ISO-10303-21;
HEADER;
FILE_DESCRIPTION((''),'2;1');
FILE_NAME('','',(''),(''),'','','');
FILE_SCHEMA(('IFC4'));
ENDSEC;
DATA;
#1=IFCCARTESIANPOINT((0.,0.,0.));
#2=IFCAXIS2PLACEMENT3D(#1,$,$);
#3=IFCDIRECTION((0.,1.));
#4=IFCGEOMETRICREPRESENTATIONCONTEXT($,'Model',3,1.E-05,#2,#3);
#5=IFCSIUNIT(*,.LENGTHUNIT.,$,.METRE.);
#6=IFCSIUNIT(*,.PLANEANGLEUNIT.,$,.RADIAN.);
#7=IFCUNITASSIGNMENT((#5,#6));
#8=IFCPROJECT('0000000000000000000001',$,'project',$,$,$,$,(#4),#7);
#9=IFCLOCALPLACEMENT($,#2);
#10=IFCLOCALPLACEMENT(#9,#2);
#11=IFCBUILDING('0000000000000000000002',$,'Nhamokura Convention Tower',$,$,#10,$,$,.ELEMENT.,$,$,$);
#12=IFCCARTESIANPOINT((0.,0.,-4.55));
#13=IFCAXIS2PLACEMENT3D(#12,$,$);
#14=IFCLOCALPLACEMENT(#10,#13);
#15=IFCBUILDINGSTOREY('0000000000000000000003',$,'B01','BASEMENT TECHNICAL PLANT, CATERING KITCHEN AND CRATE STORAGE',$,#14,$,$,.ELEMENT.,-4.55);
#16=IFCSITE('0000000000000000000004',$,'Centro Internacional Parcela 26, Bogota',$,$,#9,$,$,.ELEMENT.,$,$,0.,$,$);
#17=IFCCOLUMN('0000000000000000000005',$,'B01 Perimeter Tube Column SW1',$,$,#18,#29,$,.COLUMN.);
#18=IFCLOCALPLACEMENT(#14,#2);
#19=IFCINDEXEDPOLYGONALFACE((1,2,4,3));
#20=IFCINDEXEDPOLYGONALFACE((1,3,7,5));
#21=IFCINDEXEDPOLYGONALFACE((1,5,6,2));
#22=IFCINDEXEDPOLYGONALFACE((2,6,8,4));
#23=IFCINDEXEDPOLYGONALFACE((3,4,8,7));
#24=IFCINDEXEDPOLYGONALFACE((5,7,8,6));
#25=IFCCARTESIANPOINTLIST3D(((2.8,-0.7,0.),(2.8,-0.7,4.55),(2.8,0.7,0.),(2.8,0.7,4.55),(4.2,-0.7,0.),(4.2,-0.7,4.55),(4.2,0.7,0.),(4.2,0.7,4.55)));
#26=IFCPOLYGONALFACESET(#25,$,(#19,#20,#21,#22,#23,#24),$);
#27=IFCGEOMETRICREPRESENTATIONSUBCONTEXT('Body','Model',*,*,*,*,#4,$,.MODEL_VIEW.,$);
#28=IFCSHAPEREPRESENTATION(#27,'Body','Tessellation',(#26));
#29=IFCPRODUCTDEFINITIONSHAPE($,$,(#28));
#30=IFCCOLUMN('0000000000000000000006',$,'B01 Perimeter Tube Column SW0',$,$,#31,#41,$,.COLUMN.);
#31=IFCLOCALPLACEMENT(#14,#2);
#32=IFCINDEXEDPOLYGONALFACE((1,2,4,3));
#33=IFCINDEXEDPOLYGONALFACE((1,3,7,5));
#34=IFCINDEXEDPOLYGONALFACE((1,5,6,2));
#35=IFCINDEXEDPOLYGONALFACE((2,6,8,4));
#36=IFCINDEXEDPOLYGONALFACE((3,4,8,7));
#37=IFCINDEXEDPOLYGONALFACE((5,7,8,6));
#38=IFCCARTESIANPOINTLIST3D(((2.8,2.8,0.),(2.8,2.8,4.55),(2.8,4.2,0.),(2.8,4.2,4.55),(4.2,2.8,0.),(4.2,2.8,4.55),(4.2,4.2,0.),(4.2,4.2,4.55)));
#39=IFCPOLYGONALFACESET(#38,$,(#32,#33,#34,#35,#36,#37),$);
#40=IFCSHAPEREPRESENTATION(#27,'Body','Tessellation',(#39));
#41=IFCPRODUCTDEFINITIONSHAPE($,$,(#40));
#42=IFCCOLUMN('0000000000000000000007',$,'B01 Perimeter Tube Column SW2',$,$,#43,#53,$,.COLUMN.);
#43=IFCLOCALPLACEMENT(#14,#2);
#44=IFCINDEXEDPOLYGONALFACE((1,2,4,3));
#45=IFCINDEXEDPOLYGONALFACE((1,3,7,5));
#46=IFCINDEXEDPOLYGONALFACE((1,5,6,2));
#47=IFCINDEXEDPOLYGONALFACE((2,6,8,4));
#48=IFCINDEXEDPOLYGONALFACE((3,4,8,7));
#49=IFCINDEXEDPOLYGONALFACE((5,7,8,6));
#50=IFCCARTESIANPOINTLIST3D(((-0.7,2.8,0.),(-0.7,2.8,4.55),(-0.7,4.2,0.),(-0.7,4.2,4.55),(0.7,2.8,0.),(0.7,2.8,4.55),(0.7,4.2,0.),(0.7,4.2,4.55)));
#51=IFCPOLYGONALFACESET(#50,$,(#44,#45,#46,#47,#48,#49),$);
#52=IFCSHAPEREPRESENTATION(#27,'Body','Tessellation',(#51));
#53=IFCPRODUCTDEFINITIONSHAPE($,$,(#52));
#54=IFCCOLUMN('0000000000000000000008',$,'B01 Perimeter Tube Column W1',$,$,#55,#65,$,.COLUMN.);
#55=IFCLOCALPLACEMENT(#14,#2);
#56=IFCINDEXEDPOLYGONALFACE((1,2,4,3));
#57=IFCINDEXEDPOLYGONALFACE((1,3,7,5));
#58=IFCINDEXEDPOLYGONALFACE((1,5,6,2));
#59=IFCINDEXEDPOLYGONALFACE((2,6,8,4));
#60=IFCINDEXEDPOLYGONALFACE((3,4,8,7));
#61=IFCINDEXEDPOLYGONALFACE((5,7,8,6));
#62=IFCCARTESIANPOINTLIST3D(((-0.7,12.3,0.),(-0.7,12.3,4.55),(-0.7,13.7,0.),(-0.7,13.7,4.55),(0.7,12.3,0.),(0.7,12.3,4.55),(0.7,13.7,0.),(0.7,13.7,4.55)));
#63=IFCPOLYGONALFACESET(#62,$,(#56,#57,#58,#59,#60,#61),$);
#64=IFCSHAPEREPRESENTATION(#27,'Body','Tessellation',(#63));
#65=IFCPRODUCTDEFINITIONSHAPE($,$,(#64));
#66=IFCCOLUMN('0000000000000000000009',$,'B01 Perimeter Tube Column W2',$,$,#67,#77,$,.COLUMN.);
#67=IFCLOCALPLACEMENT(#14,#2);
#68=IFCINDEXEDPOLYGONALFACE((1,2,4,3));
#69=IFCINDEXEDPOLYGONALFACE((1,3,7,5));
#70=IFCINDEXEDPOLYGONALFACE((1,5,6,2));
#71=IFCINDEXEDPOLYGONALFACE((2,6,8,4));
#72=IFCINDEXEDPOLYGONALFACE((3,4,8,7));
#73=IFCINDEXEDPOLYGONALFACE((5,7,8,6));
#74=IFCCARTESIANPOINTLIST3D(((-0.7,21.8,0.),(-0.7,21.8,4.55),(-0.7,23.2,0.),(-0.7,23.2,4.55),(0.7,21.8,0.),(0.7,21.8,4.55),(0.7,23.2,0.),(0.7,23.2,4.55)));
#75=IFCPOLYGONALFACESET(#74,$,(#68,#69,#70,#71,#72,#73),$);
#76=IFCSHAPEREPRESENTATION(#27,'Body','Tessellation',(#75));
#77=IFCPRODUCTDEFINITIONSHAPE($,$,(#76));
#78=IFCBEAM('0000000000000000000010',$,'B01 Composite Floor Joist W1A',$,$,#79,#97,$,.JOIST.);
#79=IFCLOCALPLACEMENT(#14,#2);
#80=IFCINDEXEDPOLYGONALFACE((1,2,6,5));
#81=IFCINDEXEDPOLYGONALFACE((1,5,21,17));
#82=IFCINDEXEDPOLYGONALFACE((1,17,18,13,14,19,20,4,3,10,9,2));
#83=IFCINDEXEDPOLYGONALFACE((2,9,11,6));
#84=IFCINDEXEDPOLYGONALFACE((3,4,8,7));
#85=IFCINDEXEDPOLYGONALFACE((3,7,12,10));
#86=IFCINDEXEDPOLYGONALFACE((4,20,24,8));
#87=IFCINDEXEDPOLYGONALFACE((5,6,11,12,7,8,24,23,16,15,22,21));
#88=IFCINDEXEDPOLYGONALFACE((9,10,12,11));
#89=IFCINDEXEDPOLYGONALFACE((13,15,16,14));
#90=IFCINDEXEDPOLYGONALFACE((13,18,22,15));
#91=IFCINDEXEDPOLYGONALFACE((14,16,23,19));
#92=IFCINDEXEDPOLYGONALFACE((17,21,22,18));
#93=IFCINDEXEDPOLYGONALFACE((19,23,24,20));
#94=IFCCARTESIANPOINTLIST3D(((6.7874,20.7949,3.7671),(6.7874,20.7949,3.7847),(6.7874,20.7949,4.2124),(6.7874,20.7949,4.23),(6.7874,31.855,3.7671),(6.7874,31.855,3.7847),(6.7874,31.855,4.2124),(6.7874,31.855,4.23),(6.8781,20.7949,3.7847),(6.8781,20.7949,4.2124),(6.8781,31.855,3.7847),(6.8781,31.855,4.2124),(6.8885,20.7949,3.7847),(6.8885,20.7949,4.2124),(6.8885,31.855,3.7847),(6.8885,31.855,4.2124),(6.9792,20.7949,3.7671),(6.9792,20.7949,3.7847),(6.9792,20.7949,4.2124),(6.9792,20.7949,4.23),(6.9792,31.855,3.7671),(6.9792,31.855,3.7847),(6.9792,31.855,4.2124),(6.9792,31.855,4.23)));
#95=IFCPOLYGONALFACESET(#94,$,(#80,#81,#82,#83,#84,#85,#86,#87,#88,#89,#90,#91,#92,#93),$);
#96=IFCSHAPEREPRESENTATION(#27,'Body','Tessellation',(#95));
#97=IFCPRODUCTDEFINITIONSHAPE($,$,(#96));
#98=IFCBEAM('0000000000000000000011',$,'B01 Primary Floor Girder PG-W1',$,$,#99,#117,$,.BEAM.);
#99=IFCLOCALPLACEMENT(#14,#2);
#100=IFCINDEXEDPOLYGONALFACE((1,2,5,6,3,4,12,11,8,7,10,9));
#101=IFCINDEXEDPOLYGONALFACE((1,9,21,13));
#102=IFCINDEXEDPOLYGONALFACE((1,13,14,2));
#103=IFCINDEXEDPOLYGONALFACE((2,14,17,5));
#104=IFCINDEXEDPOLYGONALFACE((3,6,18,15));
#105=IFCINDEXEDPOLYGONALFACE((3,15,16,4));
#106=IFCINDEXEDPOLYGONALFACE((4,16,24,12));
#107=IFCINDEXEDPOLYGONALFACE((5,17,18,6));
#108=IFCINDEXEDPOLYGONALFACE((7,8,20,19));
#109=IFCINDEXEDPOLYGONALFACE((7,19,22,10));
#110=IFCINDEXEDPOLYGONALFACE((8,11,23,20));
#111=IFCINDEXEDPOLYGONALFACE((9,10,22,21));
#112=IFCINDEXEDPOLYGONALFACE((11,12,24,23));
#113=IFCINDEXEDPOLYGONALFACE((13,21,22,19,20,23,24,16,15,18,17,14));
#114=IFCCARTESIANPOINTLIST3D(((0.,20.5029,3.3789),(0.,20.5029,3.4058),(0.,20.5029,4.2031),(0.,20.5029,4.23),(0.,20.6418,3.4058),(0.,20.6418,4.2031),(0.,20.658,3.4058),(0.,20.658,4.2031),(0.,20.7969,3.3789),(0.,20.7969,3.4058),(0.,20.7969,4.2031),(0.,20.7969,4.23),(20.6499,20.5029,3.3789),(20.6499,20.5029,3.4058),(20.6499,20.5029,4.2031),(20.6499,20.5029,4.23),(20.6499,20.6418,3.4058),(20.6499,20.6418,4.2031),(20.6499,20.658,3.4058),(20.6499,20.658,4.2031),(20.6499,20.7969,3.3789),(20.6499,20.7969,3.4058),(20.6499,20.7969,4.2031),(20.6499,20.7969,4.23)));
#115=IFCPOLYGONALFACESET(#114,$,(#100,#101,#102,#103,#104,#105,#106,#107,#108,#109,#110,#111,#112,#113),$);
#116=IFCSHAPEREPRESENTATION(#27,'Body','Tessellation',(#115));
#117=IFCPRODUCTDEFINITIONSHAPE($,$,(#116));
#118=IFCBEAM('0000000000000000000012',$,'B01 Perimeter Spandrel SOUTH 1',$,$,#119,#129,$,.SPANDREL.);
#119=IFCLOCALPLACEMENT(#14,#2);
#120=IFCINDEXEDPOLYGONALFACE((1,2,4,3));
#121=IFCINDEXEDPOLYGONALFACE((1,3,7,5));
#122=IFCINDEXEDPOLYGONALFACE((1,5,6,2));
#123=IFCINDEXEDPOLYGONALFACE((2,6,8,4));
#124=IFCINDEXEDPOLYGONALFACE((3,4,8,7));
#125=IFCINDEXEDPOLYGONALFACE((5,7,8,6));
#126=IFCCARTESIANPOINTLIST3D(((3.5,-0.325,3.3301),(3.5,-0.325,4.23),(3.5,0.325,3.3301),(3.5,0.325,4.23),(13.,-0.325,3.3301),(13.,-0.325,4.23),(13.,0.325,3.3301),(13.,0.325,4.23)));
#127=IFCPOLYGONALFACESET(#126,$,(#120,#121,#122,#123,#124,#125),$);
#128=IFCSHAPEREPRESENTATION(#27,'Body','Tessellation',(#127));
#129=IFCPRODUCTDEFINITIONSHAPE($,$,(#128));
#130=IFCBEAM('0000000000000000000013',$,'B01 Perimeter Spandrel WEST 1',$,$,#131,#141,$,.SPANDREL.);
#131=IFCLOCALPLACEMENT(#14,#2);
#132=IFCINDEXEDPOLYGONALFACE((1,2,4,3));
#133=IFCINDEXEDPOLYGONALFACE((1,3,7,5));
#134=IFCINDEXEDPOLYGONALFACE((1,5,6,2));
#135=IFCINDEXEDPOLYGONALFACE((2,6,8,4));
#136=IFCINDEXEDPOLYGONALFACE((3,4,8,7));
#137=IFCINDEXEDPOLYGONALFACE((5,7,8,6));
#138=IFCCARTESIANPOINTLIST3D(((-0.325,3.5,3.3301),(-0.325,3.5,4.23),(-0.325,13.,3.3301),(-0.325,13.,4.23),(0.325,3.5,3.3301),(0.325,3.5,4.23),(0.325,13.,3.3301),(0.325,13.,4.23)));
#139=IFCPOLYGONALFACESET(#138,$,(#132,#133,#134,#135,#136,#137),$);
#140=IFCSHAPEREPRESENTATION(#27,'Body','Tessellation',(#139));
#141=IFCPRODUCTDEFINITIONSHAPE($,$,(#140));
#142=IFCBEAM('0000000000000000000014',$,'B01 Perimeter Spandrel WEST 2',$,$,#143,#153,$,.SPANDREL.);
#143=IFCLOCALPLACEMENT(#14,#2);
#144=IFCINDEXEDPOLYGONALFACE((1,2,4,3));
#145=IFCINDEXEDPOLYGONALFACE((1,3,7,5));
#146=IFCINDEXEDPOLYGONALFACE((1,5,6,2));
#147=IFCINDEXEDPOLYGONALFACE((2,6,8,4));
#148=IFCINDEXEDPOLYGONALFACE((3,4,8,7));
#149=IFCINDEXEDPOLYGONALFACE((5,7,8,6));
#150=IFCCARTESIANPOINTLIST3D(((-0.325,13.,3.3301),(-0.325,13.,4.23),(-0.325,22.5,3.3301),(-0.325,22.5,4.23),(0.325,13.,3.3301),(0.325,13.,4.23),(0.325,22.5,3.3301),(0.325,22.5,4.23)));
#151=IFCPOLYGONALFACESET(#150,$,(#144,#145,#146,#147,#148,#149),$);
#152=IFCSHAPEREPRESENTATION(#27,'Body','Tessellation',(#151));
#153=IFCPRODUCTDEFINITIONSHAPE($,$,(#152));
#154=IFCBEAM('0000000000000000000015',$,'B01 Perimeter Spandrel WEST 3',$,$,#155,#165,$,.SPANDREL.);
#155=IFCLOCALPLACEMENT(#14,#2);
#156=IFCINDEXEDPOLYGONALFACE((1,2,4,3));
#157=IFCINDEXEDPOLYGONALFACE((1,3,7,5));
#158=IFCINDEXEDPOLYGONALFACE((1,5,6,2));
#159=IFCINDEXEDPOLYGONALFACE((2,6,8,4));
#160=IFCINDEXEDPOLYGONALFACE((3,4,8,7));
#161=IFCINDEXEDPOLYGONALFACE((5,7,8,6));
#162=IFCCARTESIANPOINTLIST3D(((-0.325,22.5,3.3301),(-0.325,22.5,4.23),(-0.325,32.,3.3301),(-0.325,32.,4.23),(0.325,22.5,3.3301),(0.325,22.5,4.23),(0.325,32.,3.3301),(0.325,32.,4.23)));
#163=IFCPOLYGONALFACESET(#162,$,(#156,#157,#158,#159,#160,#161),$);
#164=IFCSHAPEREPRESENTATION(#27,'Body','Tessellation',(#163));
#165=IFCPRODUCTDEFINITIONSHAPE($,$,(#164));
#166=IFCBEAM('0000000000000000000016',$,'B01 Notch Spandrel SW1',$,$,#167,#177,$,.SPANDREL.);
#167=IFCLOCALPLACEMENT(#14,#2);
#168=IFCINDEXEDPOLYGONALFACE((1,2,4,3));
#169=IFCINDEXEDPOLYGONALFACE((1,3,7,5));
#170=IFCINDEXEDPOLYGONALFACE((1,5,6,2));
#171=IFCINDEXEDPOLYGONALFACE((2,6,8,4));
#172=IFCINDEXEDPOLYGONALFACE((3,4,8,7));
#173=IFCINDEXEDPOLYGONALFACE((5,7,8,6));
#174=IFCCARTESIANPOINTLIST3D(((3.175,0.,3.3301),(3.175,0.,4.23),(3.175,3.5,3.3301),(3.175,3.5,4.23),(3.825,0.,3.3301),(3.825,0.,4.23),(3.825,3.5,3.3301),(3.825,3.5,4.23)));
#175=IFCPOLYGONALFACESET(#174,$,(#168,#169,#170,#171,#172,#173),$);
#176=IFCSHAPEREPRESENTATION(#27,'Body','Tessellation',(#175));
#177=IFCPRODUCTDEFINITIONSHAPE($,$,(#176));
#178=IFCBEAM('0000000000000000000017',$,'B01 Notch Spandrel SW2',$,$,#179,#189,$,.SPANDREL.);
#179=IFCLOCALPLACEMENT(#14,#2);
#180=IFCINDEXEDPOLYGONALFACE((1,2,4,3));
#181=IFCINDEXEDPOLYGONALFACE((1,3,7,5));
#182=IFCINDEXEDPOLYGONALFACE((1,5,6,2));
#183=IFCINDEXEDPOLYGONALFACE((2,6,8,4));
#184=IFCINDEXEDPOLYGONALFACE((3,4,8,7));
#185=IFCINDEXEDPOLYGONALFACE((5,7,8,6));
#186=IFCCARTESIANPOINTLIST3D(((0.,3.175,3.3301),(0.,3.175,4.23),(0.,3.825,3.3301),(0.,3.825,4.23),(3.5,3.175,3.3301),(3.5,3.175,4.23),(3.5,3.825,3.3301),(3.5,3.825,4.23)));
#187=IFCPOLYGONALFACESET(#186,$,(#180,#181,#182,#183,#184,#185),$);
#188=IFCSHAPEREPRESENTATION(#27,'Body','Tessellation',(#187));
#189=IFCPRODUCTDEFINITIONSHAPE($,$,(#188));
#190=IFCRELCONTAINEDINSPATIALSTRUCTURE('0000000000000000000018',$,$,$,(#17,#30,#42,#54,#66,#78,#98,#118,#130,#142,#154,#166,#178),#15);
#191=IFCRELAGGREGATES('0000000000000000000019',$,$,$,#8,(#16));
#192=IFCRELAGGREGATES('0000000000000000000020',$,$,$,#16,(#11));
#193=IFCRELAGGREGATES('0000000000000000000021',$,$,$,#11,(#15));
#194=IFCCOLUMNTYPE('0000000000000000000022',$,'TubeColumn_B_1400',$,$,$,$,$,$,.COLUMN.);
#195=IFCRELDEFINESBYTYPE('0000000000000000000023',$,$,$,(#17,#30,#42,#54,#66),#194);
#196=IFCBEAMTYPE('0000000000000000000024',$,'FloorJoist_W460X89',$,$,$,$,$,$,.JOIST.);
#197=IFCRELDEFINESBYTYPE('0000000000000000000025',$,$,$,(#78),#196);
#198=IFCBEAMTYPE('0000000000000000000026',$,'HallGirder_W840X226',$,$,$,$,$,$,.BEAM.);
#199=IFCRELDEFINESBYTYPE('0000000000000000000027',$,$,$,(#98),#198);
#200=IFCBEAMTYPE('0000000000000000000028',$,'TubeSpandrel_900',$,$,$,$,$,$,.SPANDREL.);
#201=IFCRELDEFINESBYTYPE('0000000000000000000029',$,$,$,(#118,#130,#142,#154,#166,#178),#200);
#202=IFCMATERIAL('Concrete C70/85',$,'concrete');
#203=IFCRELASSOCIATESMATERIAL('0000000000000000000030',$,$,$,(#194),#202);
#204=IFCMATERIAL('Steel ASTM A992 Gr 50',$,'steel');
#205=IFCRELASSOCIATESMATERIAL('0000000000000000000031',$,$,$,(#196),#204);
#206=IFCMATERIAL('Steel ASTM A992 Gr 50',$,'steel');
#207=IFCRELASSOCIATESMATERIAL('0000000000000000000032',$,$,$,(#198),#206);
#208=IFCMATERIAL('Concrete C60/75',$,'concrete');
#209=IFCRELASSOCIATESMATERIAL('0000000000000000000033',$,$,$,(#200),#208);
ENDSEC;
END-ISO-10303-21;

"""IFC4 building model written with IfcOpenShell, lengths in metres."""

from ifc_helpers import new_model, si_unit, direction, frame, origin, origin_2d, place, context, subcontext, project, spatial, rectangle, i_section, extrude, material, material_profile, profile_set, type_object, element, save


model = new_model("IFC4")

# Units and contexts
model_context = context("Model", 3, precision=1e-05, world=origin(), true_north=direction((0.0, 1.0)))
body_context = subcontext(model_context, "Body", "Model", "MODEL_VIEW")
ifc_project = project(units=[si_unit("LENGTHUNIT", "METRE"), si_unit("PLANEANGLEUNIT", "RADIAN")], contexts=[model_context])

# Site, building, storey
site_placement = place(None, origin())
site = spatial("IfcSite", under=ifc_project, at=site_placement, Name="Centro Internacional Parcela 26, Bogota", CompositionType="ELEMENT", RefElevation=0.0)
building_placement = place(site_placement, origin())
building = spatial("IfcBuilding", under=site, at=building_placement, Name="Nhamokura Convention Tower", CompositionType="ELEMENT")
storey_placement = place(building_placement, frame((0.0, 0.0, -4.55)))
storey = spatial("IfcBuildingStorey", under=building, at=storey_placement, Name="B01", Description="BASEMENT TECHNICAL PLANT, CATERING KITCHEN AND CRATE STORAGE", CompositionType="ELEMENT", Elevation=-4.55)

# Columns
ifc_material_1 = material(Name="Concrete C70/85", Category="concrete")
ifc_material_profile_1 = material_profile(ifc_material_1, rectangle(XDim=1.3999, YDim=1.3999, at=origin_2d()))
ifc_profile_set_1 = profile_set([ifc_material_profile_1], Name="Concrete C70/85")
column_type = type_object("IfcColumnType", Name="TubeColumn_B_1400", PredefinedType="COLUMN", material=ifc_profile_set_1)
for number, where, z_axis, x_axis, name in (
    (1, (3.5, 0.0, 0.0), (0.0, 0.0, 1.0), (1.0, 0.0, 0.0), "B01 Perimeter Tube Column SW1"),
    (2, (3.5, 3.5, 0.0), (0.0, 0.0, 1.0), (1.0, 0.0, 0.0), "B01 Perimeter Tube Column SW0"),
    (3, (0.0, 3.5, 0.0), (0.0, 0.0, 1.0), (1.0, 0.0, 0.0), "B01 Perimeter Tube Column SW2"),
    (4, (0.0, 13.0, 0.0), (0.0, 0.0, 1.0), (1.0, 0.0, 0.0), "B01 Perimeter Tube Column W1"),
    (5, (0.0, 22.5, 0.0), (0.0, 0.0, 1.0), (1.0, 0.0, 0.0), "B01 Perimeter Tube Column W2"),
):
    element("IfcColumn", number, at=place(storey_placement, frame(where, z_axis=z_axis, x_axis=x_axis)), inside=storey, type_object=column_type, Name=name, PredefinedType="COLUMN", context=body_context, shape_type="SweptSolid", body=[
        extrude(rectangle(XDim=1.3999, YDim=1.3999, at=origin_2d()), origin(), (0.0, 0.0, 1.0), 4.55),
    ])

# Beams
ifc_material_2 = material(Name="Steel ASTM A992 Gr 50", Category="steel")
ifc_material_profile_2 = material_profile(ifc_material_2, i_section(OverallWidth=0.1919, OverallDepth=0.4629, WebThickness=0.0105, FlangeThickness=0.0176, at=origin_2d()))
ifc_profile_set_2 = profile_set([ifc_material_profile_2], Name="Steel ASTM A992 Gr 50")
beam_type_1 = type_object("IfcBeamType", Name="FloorJoist_W460X89", PredefinedType="JOIST", material=ifc_profile_set_2)
beam_1_placement = place(storey_placement, frame((6.8833, 20.7949, 3.9985), z_axis=(0.0, 1.0, 0.0), x_axis=(-1.0, 0.0, 0.0)))
element("IfcBeam", 6, at=beam_1_placement, inside=storey, type_object=beam_type_1, Name="B01 Composite Floor Joist W1A", PredefinedType="JOIST", context=body_context, shape_type="SweptSolid", body=[
    extrude(i_section(OverallWidth=0.1919, OverallDepth=0.4629, WebThickness=0.0105, FlangeThickness=0.0176, at=origin_2d()), origin(), (0.0, 0.0, 1.0), 11.0601),
])
ifc_material_3 = material(Name="Steel ASTM A992 Gr 50", Category="steel")
ifc_material_profile_3 = material_profile(ifc_material_3, i_section(OverallWidth=0.2939, OverallDepth=0.8511, WebThickness=0.0161, FlangeThickness=0.0269, at=origin_2d()))
ifc_profile_set_3 = profile_set([ifc_material_profile_3], Name="Steel ASTM A992 Gr 50")
beam_type_2 = type_object("IfcBeamType", Name="HallGirder_W840X226", PredefinedType="BEAM", material=ifc_profile_set_3)
beam_2_placement = place(storey_placement, frame((0.0, 20.6499, 3.8044), z_axis=(1.0, 0.0, 0.0), x_axis=(0.0, 1.0, 0.0)))
element("IfcBeam", 7, at=beam_2_placement, inside=storey, type_object=beam_type_2, Name="B01 Primary Floor Girder PG-W1", PredefinedType="BEAM", context=body_context, shape_type="SweptSolid", body=[
    extrude(i_section(OverallWidth=0.2939, OverallDepth=0.8511, WebThickness=0.0161, FlangeThickness=0.0269, at=origin_2d()), origin(), (0.0, 0.0, 1.0), 20.6499),
])
ifc_material_4 = material(Name="Concrete C60/75", Category="concrete")
ifc_material_profile_4 = material_profile(ifc_material_4, rectangle(XDim=0.6499, YDim=0.8999, at=origin_2d()))
ifc_profile_set_4 = profile_set([ifc_material_profile_4], Name="Concrete C60/75")
beam_type_3 = type_object("IfcBeamType", Name="TubeSpandrel_900", PredefinedType="SPANDREL", material=ifc_profile_set_4)
for number, where, z_axis, x_axis, name in (
    (8, (3.5, 0.0, 3.78), (1.0, 0.0, 0.0), (0.0, 1.0, 0.0), "B01 Perimeter Spandrel SOUTH 1"),
    (9, (0.0, 3.5, 3.78), (0.0, 1.0, 0.0), (-1.0, 0.0, 0.0), "B01 Perimeter Spandrel WEST 1"),
    (10, (0.0, 13.0, 3.78), (0.0, 1.0, 0.0), (-1.0, 0.0, 0.0), "B01 Perimeter Spandrel WEST 2"),
    (11, (0.0, 22.5, 3.78), (0.0, 1.0, 0.0), (-1.0, 0.0, 0.0), "B01 Perimeter Spandrel WEST 3"),
):
    element("IfcBeam", number, at=place(storey_placement, frame(where, z_axis=z_axis, x_axis=x_axis)), inside=storey, type_object=beam_type_3, Name=name, PredefinedType="SPANDREL", context=body_context, shape_type="SweptSolid", body=[
        extrude(rectangle(XDim=0.6499, YDim=0.8999, at=origin_2d()), origin(), (0.0, 0.0, 1.0), 9.5),
    ])
for number, where, z_axis, x_axis, name in (
    (12, (3.5, 0.0, 3.78), (0.0, 1.0, 0.0), (-1.0, 0.0, 0.0), "B01 Notch Spandrel SW1"),
    (13, (3.5, 3.5, 3.78), (-1.0, 0.0, 0.0), (0.0, -1.0, 0.0), "B01 Notch Spandrel SW2"),
):
    element("IfcBeam", number, at=place(storey_placement, frame(where, z_axis=z_axis, x_axis=x_axis)), inside=storey, type_object=beam_type_3, Name=name, PredefinedType="SPANDREL", context=body_context, shape_type="SweptSolid", body=[
        extrude(rectangle(XDim=0.6499, YDim=0.8999, at=origin_2d()), origin(), (0.0, 0.0, 1.0), 3.5),
    ])

save(model, "model.ifc")
